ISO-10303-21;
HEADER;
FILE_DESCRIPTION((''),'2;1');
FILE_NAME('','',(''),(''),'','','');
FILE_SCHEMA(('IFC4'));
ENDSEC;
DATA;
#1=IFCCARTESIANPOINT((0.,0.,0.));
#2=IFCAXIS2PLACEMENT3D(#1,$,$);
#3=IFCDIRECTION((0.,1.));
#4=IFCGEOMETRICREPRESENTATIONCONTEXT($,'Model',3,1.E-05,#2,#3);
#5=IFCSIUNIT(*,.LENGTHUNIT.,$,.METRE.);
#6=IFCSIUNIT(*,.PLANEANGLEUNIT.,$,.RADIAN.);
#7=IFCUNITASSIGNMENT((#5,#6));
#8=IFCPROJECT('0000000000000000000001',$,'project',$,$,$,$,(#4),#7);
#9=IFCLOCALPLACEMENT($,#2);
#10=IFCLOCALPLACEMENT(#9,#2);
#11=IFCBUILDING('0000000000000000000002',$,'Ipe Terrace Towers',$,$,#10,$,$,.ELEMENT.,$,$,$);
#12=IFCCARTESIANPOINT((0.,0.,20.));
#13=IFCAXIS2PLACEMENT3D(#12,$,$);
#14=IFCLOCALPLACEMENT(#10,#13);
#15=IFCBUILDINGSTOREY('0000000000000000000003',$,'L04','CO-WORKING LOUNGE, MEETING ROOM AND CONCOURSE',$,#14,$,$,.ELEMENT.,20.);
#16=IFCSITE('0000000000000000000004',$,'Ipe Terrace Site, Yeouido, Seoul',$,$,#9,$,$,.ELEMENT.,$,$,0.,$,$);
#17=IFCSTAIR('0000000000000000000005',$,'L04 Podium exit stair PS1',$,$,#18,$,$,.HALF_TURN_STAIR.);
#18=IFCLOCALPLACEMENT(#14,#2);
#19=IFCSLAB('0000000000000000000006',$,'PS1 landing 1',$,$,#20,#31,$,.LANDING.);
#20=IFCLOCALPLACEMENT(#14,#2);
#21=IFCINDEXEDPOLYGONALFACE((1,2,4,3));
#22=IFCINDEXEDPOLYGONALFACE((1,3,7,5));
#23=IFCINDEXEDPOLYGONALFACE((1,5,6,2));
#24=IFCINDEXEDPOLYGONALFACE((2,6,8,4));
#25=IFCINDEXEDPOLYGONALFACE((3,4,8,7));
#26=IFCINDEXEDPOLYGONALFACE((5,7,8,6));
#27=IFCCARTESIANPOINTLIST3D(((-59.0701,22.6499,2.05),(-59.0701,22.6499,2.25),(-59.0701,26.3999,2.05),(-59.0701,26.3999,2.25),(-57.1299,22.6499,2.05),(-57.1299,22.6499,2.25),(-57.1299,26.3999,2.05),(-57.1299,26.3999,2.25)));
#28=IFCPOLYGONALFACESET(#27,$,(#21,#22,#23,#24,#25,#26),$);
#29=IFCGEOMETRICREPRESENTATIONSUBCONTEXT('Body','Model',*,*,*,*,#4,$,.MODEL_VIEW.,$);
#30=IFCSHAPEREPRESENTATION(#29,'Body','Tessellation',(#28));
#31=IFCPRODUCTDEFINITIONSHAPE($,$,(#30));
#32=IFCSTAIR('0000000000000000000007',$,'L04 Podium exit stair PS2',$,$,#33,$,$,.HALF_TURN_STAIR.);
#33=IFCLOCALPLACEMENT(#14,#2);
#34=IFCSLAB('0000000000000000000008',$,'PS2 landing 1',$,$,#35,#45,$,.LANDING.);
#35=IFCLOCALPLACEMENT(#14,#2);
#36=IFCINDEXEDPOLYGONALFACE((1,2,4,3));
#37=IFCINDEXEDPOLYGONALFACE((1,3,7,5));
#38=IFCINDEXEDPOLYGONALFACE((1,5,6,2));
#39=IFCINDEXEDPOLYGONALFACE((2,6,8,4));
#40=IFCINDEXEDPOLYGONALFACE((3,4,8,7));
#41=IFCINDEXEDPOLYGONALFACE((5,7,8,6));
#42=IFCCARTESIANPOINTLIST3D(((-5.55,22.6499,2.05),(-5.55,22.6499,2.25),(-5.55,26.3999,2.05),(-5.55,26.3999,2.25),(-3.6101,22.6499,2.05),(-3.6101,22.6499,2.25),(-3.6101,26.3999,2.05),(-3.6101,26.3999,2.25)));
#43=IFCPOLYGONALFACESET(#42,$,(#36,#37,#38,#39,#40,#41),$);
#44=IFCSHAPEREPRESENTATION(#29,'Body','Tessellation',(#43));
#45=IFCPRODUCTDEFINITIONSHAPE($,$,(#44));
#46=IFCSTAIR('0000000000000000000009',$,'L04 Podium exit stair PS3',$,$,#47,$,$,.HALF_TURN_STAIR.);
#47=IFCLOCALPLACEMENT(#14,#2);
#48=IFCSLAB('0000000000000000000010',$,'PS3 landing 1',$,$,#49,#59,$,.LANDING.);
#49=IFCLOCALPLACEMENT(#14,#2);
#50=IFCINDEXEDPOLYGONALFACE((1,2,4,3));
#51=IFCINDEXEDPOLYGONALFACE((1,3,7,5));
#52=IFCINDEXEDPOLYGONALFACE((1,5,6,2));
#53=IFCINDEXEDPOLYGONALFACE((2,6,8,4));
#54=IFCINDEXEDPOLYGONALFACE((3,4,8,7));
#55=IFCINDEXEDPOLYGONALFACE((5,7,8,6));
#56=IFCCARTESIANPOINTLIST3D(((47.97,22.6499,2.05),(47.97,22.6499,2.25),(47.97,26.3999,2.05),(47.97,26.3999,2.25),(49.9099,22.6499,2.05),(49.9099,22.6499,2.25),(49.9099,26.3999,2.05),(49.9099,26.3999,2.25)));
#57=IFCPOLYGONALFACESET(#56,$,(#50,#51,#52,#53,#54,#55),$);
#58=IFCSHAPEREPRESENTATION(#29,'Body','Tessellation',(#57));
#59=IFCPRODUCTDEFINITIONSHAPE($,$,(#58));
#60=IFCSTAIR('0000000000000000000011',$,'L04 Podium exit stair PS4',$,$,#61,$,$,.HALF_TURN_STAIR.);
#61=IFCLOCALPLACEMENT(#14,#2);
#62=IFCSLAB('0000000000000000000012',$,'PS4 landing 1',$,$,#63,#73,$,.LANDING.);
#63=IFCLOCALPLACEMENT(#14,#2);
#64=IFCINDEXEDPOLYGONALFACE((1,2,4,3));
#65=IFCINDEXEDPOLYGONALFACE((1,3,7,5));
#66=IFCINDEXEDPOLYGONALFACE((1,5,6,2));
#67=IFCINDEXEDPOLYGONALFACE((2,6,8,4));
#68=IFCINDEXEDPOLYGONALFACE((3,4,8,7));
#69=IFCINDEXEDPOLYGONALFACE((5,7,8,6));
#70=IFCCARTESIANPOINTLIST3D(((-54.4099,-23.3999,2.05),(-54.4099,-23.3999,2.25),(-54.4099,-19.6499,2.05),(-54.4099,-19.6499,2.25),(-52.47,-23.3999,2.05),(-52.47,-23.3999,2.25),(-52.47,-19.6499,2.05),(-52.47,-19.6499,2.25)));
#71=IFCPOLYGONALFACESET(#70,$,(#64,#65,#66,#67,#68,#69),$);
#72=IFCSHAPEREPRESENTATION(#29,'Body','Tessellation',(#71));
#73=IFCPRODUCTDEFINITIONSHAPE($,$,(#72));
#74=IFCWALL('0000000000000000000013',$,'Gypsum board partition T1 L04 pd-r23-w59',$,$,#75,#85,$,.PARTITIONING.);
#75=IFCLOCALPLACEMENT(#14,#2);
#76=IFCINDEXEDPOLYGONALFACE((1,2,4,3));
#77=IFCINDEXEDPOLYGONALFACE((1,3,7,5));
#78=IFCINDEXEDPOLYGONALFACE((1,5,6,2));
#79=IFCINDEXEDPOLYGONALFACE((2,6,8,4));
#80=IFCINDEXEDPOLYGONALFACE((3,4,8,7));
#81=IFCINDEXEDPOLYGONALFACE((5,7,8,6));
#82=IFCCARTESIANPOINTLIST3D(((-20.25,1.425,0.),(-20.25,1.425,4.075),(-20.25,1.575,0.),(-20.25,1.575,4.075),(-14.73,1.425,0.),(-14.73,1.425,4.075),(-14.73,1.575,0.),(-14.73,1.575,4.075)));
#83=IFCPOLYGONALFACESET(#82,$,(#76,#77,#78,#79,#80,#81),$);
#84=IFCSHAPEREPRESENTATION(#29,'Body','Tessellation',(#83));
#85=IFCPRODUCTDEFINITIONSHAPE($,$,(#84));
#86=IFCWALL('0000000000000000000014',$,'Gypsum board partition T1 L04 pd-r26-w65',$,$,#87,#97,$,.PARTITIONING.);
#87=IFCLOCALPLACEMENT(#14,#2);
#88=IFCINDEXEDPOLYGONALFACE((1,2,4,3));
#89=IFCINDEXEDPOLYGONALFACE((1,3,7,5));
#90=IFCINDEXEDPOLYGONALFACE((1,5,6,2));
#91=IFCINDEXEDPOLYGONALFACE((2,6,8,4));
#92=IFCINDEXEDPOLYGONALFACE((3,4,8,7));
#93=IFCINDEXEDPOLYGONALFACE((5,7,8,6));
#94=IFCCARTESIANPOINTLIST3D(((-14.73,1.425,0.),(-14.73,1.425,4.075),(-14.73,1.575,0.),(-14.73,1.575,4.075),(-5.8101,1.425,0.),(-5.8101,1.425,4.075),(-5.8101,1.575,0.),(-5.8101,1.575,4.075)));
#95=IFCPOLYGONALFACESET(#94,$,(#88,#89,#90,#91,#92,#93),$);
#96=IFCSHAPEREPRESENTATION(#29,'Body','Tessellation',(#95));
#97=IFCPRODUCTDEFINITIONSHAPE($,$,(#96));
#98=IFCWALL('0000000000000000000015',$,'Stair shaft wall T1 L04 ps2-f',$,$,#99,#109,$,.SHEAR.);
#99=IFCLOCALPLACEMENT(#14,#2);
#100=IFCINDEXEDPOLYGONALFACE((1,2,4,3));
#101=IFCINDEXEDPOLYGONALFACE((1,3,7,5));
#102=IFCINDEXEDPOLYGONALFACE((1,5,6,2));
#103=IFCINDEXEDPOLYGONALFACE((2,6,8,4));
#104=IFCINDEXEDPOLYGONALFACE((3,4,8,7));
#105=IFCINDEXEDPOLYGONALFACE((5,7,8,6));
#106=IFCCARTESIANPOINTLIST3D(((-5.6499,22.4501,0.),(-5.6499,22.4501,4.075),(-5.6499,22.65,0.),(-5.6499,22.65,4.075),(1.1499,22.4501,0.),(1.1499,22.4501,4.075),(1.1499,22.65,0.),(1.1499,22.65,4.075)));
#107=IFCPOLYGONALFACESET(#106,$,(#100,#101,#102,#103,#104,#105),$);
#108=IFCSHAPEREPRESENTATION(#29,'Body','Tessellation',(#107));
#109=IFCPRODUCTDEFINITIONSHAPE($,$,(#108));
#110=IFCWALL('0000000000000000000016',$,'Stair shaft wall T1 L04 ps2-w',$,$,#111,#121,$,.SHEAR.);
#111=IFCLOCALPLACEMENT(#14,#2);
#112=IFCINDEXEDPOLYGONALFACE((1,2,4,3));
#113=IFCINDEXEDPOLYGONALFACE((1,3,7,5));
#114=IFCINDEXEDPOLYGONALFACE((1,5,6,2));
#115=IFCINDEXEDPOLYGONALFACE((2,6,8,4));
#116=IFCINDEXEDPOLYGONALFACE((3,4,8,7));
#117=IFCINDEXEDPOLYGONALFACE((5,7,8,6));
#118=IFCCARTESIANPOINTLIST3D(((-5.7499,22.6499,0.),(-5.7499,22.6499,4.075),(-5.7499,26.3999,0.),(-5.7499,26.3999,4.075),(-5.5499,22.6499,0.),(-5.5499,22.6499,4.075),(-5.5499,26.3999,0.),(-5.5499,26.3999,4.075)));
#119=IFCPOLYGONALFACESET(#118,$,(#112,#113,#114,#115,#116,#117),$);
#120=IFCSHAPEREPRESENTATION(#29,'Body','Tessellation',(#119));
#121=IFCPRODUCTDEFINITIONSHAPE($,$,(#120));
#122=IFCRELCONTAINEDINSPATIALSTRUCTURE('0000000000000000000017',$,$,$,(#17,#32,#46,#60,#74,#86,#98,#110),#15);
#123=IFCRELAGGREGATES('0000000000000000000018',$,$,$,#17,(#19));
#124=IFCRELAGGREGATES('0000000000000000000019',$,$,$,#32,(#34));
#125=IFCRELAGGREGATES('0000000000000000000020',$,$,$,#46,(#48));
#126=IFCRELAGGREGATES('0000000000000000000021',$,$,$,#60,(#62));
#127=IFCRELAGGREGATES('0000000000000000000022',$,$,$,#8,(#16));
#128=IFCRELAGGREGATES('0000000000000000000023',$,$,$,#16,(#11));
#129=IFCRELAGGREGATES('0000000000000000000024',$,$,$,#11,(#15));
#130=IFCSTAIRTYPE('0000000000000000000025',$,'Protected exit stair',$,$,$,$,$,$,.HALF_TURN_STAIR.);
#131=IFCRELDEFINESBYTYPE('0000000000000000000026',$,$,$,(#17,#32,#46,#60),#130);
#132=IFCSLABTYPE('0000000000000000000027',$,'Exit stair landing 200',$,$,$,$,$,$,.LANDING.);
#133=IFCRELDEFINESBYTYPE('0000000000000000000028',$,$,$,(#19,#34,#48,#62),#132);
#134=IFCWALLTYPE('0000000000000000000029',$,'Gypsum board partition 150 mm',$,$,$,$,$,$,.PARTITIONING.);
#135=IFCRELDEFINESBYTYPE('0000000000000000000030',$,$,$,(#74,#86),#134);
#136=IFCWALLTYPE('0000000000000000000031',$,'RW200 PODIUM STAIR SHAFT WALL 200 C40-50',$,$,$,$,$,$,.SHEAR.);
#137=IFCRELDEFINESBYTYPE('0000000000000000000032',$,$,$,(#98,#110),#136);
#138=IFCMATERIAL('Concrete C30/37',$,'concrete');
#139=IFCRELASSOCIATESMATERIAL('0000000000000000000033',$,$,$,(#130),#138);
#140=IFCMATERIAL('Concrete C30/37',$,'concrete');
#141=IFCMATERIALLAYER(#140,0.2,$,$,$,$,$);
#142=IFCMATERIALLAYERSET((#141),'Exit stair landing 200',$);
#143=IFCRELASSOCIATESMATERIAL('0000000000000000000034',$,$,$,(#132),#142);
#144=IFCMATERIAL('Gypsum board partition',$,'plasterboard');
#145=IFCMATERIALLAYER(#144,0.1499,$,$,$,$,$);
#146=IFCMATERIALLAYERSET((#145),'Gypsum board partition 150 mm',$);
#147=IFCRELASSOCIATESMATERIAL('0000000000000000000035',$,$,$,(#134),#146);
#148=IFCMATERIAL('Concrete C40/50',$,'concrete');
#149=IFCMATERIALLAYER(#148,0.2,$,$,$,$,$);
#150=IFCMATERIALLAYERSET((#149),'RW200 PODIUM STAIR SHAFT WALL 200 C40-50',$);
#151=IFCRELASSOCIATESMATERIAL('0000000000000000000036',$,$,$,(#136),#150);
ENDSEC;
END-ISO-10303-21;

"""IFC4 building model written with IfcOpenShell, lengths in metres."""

from ifc_helpers import new_model, si_unit, direction, frame, frame_2d, origin, place, context, subcontext, project, spatial, polyline, rectangle, outline, extrude, material, layer, layer_set, type_object, element, aggregate, save


model = new_model("IFC4")

# Units and contexts
model_context = context("Model", 3, precision=1e-05, world=origin(), true_north=direction((0.0, 1.0)))
body_context = subcontext(model_context, "Body", "Model", "MODEL_VIEW")
ifc_project = project(units=[si_unit("LENGTHUNIT", "METRE"), si_unit("PLANEANGLEUNIT", "RADIAN")], contexts=[model_context])

# Site, building, storey
site_placement = place(None, origin())
site = spatial("IfcSite", under=ifc_project, at=site_placement, Name="Ipe Terrace Site, Yeouido, Seoul", CompositionType="ELEMENT", RefElevation=0.0)
building_placement = place(site_placement, origin())
building = spatial("IfcBuilding", under=site, at=building_placement, Name="Ipe Terrace Towers", CompositionType="ELEMENT")
storey_placement = place(building_placement, frame((0.0, 0.0, 20.0)))
storey = spatial("IfcBuildingStorey", under=building, at=storey_placement, Name="L04", Description="CO-WORKING LOUNGE, MEETING ROOM AND CONCOURSE", CompositionType="ELEMENT", Elevation=20.0)

# Stairs, slabs
ifc_material_1 = material(Name="Concrete C30/37", Category="concrete")
stair_type = type_object("IfcStairType", Name="Protected exit stair", PredefinedType="HALF_TURN_STAIR", material=ifc_material_1)
ifc_material_2 = material(Name="Concrete C30/37", Category="concrete")
ifc_layer_1 = layer(ifc_material_2, 0.2)
ifc_layer_set_1 = layer_set([ifc_layer_1], Name="Exit stair landing 200")
slab_type = type_object("IfcSlabType", Name="Exit stair landing 200", PredefinedType="LANDING", material=ifc_layer_set_1)
stair_1_placement = place(storey_placement, origin())
stair_1 = element("IfcStair", 1, at=stair_1_placement, inside=storey, type_object=stair_type, Name="L04 Podium exit stair PS1", PredefinedType="HALF_TURN_STAIR")
slab_1_placement = place(storey_placement, frame((0.0, 0.0, 2.05)))
slab_1 = element("IfcSlab", 2, at=slab_1_placement, type_object=slab_type, Name="PS1 landing 1", PredefinedType="LANDING", context=body_context, shape_type="SweptSolid", body=[
    extrude(outline(polyline([(-57.1299, 26.3999), (-59.0701, 26.3999), (-59.0701, 22.6499), (-57.1299, 22.6499), (-57.1299, 26.3999)])), origin(), (0.0, 0.0, 1.0), 0.2),
])
aggregate(stair_1, [slab_1])
stair_2_placement = place(storey_placement, origin())
stair_2 = element("IfcStair", 3, at=stair_2_placement, inside=storey, type_object=stair_type, Name="L04 Podium exit stair PS2", PredefinedType="HALF_TURN_STAIR")
slab_2_placement = place(storey_placement, frame((0.0, 0.0, 2.05)))
slab_2 = element("IfcSlab", 4, at=slab_2_placement, type_object=slab_type, Name="PS2 landing 1", PredefinedType="LANDING", context=body_context, shape_type="SweptSolid", body=[
    extrude(outline(polyline([(-3.6101, 26.3999), (-5.55, 26.3999), (-5.55, 22.6499), (-3.6101, 22.6499), (-3.6101, 26.3999)])), origin(), (0.0, 0.0, 1.0), 0.2),
])
aggregate(stair_2, [slab_2])
stair_3_placement = place(storey_placement, origin())
stair_3 = element("IfcStair", 5, at=stair_3_placement, inside=storey, type_object=stair_type, Name="L04 Podium exit stair PS3", PredefinedType="HALF_TURN_STAIR")
slab_3_placement = place(storey_placement, frame((0.0, 0.0, 2.05)))
slab_3 = element("IfcSlab", 6, at=slab_3_placement, type_object=slab_type, Name="PS3 landing 1", PredefinedType="LANDING", context=body_context, shape_type="SweptSolid", body=[
    extrude(outline(polyline([(49.9099, 26.3999), (47.97, 26.3999), (47.97, 22.6499), (49.9099, 22.6499), (49.9099, 26.3999)])), origin(), (0.0, 0.0, 1.0), 0.2),
])
aggregate(stair_3, [slab_3])
stair_4_placement = place(storey_placement, origin())
stair_4 = element("IfcStair", 7, at=stair_4_placement, inside=storey, type_object=stair_type, Name="L04 Podium exit stair PS4", PredefinedType="HALF_TURN_STAIR")
slab_4_placement = place(storey_placement, frame((0.0, 0.0, 2.05)))
slab_4 = element("IfcSlab", 8, at=slab_4_placement, type_object=slab_type, Name="PS4 landing 1", PredefinedType="LANDING", context=body_context, shape_type="SweptSolid", body=[
    extrude(outline(polyline([(-54.4099, -23.3999), (-52.47, -23.3999), (-52.47, -19.6499), (-54.4099, -19.6499), (-54.4099, -23.3999)])), origin(), (0.0, 0.0, 1.0), 0.2),
])
aggregate(stair_4, [slab_4])

# Walls
ifc_material_3 = material(Name="Gypsum board partition", Category="plasterboard")
ifc_layer_2 = layer(ifc_material_3, 0.1499)
ifc_layer_set_2 = layer_set([ifc_layer_2], Name="Gypsum board partition 150 mm")
wall_type_1 = type_object("IfcWallType", Name="Gypsum board partition 150 mm", PredefinedType="PARTITIONING", material=ifc_layer_set_2)
wall_1_placement = place(storey_placement, frame((-14.73, 1.5, 0.0), z_axis=(0.0, 0.0, 1.0), x_axis=(-1.0, 0.0, 0.0)))
element("IfcWall", 9, at=wall_1_placement, inside=storey, type_object=wall_type_1, Name="Gypsum board partition T1 L04 pd-r23-w59", PredefinedType="PARTITIONING", context=body_context, shape_type="SweptSolid", body=[
    extrude(rectangle(XDim=5.52, YDim=0.1499, at=frame_2d((2.76, 0.0))), origin(), (0.0, 0.0, 1.0), 4.075),
])
wall_2_placement = place(storey_placement, frame((-5.8101, 1.5, 0.0), z_axis=(0.0, 0.0, 1.0), x_axis=(-1.0, 0.0, 0.0)))
element("IfcWall", 10, at=wall_2_placement, inside=storey, type_object=wall_type_1, Name="Gypsum board partition T1 L04 pd-r26-w65", PredefinedType="PARTITIONING", context=body_context, shape_type="SweptSolid", body=[
    extrude(rectangle(XDim=8.9199, YDim=0.1499, at=frame_2d((4.46, 0.0))), origin(), (0.0, 0.0, 1.0), 4.075),
])
ifc_material_4 = material(Name="Concrete C40/50", Category="concrete")
ifc_layer_3 = layer(ifc_material_4, 0.2)
ifc_layer_set_3 = layer_set([ifc_layer_3], Name="RW200 PODIUM STAIR SHAFT WALL 200 C40-50")
wall_type_2 = type_object("IfcWallType", Name="RW200 PODIUM STAIR SHAFT WALL 200 C40-50", PredefinedType="SHEAR", material=ifc_layer_set_3)
wall_3_placement = place(storey_placement, frame((-5.6499, 22.55, 0.0), z_axis=(0.0, 0.0, 1.0), x_axis=(1.0, 0.0, 0.0)))
element("IfcWall", 11, at=wall_3_placement, inside=storey, type_object=wall_type_2, Name="Stair shaft wall T1 L04 ps2-f", PredefinedType="SHEAR", context=body_context, shape_type="SweptSolid", body=[
    extrude(rectangle(XDim=6.7998, YDim=0.2, at=frame_2d((3.3999, 0.0))), origin(), (0.0, 0.0, 1.0), 4.075),
])
wall_4_placement = place(storey_placement, frame((-5.6499, 22.6499, 0.0), z_axis=(0.0, 0.0, 1.0), x_axis=(0.0, 1.0, 0.0)))
element("IfcWall", 12, at=wall_4_placement, inside=storey, type_object=wall_type_2, Name="Stair shaft wall T1 L04 ps2-w", PredefinedType="SHEAR", context=body_context, shape_type="SweptSolid", body=[
    extrude(rectangle(XDim=3.75, YDim=0.2, at=frame_2d((1.875, 0.0))), origin(), (0.0, 0.0, 1.0), 4.075),
])

save(model, "model.ifc")
